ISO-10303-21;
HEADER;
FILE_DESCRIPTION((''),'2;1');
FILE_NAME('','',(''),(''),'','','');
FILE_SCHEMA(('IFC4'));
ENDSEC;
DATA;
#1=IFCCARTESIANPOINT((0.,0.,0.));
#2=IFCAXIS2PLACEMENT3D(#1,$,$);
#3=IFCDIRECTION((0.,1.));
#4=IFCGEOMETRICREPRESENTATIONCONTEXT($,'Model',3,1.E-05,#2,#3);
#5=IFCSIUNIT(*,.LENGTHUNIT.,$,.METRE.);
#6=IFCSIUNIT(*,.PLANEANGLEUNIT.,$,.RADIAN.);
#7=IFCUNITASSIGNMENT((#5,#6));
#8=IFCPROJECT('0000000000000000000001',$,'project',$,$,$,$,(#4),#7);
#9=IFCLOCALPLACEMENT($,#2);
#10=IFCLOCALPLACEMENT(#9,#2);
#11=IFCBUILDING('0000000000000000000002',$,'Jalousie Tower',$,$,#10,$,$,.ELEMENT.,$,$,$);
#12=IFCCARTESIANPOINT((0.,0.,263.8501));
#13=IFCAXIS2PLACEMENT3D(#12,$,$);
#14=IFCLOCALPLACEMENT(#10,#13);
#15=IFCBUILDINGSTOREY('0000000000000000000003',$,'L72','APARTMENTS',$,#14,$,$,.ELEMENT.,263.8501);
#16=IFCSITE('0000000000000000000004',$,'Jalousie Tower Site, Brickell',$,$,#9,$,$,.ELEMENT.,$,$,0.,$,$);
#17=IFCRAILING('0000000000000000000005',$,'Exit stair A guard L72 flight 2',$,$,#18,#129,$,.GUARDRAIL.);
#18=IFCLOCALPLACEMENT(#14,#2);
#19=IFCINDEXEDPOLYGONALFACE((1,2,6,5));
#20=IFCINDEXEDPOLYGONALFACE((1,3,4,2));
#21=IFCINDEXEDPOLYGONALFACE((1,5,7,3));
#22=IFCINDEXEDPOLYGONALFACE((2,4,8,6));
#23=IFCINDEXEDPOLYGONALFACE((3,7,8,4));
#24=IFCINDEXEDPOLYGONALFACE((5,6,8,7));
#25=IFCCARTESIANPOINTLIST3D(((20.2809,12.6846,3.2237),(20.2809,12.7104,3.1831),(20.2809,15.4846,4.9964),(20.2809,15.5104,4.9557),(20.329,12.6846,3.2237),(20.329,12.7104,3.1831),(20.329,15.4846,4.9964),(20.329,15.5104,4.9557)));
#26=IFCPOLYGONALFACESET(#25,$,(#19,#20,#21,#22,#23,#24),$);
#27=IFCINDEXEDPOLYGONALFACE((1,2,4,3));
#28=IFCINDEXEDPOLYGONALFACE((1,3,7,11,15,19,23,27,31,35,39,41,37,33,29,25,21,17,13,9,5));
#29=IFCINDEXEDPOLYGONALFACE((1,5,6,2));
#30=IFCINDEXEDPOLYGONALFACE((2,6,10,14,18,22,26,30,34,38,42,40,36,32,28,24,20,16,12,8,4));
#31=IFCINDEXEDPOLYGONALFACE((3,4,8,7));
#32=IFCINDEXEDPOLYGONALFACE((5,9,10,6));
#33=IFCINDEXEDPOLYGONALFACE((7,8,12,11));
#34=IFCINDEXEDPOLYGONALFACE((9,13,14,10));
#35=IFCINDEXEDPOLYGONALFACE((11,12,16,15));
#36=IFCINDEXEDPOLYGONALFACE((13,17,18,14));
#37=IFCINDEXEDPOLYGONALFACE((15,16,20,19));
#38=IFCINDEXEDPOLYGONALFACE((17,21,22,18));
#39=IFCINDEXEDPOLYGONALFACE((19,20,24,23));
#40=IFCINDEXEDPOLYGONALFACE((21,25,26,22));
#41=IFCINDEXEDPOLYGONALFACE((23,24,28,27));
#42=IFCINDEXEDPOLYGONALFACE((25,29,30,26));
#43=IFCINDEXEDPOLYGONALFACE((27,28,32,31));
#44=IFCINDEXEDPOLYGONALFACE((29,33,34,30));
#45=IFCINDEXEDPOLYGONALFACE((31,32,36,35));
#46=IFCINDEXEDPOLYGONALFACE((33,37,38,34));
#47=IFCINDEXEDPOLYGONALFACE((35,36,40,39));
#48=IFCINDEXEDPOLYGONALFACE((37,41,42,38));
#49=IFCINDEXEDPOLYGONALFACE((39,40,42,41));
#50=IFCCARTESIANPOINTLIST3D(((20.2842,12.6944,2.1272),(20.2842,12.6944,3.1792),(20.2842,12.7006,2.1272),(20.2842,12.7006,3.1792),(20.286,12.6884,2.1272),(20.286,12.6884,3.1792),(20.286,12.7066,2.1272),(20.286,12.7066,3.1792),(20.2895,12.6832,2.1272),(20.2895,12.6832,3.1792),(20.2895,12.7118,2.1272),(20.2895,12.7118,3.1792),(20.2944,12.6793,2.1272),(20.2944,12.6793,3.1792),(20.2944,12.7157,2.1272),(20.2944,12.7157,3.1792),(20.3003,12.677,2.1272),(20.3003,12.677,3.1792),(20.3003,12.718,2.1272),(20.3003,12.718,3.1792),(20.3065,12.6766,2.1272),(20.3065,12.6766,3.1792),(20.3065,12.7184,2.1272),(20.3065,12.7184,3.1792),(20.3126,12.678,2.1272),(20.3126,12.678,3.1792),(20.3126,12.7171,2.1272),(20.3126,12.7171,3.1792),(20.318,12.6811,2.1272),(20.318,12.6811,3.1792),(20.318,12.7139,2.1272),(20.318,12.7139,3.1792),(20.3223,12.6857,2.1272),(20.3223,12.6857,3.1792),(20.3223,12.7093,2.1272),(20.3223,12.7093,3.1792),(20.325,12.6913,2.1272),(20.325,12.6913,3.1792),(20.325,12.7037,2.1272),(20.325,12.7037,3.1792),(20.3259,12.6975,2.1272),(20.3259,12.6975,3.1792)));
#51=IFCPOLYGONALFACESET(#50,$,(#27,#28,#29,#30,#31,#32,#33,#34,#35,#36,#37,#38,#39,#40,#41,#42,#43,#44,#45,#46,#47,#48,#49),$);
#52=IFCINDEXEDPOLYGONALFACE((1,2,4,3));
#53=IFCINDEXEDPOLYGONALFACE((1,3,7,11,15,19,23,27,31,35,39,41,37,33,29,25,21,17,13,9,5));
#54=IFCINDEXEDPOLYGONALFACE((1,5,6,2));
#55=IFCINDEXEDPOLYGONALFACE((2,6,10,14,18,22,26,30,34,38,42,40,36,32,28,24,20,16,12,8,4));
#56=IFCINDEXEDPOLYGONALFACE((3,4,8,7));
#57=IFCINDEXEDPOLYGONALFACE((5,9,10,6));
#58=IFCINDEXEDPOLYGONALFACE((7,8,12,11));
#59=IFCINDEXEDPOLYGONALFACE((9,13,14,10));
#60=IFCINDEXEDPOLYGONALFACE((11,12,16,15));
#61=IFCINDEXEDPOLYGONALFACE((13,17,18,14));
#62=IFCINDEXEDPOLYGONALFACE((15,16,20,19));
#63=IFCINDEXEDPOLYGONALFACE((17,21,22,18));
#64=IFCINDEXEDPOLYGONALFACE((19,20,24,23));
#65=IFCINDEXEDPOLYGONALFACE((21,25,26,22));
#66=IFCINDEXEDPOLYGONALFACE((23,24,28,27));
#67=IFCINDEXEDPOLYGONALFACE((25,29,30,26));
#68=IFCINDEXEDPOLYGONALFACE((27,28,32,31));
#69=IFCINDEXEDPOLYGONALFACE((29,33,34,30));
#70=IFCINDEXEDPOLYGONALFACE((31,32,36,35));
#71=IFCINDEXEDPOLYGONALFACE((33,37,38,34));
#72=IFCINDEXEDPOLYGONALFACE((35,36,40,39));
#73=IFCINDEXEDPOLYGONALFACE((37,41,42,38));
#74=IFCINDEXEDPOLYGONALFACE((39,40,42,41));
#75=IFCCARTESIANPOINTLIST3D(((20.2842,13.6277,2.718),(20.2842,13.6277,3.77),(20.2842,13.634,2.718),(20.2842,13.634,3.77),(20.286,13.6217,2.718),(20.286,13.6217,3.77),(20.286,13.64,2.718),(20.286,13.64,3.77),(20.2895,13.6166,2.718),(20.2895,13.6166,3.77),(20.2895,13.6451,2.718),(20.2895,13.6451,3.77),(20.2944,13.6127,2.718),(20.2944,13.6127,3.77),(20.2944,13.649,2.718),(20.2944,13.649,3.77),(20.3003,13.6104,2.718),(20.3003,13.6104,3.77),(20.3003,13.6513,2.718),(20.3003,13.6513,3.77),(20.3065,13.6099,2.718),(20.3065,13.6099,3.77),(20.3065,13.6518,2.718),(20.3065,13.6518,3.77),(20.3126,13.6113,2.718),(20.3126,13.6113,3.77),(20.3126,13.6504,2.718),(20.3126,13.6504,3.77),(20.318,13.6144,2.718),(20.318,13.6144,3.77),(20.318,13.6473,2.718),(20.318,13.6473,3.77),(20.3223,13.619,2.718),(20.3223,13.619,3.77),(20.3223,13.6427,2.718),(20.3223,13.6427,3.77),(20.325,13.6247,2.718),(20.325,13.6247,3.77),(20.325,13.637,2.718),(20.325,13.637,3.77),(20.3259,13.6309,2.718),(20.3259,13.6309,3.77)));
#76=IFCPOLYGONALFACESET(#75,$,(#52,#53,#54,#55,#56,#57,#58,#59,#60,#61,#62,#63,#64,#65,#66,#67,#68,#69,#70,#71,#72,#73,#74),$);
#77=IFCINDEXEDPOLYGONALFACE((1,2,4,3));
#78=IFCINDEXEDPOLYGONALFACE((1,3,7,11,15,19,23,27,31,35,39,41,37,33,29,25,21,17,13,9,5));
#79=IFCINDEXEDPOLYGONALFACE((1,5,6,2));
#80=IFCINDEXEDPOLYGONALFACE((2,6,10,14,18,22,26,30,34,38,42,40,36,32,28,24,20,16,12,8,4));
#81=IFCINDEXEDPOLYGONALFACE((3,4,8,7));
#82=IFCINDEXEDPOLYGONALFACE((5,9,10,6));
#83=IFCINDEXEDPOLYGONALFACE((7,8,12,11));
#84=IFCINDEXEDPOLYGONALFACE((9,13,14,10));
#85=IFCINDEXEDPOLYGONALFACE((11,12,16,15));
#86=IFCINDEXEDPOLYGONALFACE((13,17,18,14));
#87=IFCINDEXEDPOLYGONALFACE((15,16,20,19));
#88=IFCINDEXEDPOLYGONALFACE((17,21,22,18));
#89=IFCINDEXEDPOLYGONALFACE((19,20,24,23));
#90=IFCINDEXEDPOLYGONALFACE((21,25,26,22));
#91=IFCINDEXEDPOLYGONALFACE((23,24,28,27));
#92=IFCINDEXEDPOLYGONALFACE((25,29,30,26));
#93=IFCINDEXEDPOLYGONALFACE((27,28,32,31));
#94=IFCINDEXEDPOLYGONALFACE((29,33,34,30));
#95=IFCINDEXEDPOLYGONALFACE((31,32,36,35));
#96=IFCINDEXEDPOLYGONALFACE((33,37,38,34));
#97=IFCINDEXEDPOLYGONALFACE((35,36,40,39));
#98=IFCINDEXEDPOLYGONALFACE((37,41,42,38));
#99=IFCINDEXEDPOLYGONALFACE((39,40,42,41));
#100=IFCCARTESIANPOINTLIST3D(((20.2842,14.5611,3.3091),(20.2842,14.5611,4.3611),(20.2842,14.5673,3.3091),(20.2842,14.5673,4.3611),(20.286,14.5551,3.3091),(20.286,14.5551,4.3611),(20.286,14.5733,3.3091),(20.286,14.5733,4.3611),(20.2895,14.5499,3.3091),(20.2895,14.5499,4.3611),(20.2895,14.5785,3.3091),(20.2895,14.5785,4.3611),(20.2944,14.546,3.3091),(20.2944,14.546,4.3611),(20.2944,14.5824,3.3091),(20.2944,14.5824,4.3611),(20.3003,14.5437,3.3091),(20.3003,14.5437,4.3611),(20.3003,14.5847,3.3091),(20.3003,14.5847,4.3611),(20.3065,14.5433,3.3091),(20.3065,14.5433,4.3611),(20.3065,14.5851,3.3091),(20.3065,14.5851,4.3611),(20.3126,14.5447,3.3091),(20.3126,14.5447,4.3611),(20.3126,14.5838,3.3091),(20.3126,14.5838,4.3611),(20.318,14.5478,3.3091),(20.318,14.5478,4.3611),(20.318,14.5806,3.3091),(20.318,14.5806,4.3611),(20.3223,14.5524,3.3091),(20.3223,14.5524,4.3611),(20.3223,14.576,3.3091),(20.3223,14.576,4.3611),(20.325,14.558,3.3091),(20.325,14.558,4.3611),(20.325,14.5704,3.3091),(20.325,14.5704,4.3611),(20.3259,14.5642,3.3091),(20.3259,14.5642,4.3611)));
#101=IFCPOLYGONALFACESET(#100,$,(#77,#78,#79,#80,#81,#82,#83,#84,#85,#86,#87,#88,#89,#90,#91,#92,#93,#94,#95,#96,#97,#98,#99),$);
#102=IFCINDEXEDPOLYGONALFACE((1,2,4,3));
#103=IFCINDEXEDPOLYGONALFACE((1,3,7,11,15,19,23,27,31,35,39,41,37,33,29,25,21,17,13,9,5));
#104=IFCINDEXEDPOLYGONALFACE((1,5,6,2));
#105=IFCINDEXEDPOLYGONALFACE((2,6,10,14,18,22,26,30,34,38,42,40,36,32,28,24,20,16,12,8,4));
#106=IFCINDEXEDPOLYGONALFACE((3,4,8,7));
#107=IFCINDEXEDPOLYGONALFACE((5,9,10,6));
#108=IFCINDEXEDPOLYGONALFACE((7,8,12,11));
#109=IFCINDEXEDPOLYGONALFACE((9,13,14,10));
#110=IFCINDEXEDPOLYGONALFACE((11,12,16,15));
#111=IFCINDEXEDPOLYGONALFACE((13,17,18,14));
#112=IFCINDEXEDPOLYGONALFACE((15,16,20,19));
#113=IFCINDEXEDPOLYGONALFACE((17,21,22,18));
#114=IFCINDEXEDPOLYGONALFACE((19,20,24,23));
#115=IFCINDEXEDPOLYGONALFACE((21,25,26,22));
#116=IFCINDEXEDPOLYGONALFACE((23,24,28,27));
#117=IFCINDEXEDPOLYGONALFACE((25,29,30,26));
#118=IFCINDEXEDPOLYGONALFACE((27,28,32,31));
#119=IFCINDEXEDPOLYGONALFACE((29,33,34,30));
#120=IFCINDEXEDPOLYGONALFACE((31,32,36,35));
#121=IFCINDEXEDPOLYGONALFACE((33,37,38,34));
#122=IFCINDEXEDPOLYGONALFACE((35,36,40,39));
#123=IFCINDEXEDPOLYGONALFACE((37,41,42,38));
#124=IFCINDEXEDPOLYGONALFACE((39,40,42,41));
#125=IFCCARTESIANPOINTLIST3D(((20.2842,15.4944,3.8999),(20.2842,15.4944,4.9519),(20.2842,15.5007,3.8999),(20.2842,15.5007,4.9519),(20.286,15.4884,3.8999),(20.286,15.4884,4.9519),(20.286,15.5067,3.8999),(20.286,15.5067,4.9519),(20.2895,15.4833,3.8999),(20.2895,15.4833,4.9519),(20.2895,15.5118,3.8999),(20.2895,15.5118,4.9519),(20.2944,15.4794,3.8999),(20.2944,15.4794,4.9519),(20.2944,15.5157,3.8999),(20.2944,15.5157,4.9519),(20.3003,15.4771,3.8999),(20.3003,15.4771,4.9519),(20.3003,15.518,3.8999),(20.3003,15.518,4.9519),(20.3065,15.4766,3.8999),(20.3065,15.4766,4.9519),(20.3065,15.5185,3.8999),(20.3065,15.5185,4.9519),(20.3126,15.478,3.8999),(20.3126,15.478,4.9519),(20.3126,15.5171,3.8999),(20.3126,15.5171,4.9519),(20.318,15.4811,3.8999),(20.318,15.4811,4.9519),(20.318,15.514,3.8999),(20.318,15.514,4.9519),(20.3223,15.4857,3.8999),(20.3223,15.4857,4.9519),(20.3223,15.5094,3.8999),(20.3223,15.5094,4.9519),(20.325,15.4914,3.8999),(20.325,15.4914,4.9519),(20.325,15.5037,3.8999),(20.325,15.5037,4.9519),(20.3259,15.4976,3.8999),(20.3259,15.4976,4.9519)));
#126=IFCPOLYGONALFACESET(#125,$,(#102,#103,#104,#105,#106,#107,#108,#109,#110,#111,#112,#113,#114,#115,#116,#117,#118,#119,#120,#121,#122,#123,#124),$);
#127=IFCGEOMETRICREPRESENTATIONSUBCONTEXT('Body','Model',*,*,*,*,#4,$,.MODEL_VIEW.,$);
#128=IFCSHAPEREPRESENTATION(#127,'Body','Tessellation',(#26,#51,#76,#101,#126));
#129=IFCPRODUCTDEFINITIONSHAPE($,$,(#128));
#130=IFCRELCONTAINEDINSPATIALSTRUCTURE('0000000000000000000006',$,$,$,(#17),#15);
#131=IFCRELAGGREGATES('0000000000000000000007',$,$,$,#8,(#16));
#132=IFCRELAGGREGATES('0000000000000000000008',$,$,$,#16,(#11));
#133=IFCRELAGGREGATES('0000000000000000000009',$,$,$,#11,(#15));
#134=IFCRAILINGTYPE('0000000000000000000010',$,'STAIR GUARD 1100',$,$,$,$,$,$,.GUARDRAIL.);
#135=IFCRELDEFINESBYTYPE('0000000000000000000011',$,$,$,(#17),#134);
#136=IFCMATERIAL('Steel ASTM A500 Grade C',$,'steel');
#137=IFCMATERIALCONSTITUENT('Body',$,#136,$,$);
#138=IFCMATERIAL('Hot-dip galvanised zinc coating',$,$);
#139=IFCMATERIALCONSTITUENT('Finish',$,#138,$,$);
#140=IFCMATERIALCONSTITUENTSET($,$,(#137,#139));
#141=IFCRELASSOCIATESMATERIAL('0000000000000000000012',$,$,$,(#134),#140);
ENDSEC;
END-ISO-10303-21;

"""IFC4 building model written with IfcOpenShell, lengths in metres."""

from ifc_helpers import new_model, si_unit, direction, frame, origin, origin_2d, place, context, subcontext, project, spatial, rectangle, circle, extrude, material, constituent, constituent_set, type_object, element, save


model = new_model("IFC4")

# Units and contexts
model_context = context("Model", 3, precision=1e-05, world=origin(), true_north=direction((0.0, 1.0)))
body_context = subcontext(model_context, "Body", "Model", "MODEL_VIEW")
ifc_project = project(units=[si_unit("LENGTHUNIT", "METRE"), si_unit("PLANEANGLEUNIT", "RADIAN")], contexts=[model_context])

# Site, building, storey
site_placement = place(None, origin())
site = spatial("IfcSite", under=ifc_project, at=site_placement, Name="Jalousie Tower Site, Brickell", CompositionType="ELEMENT", RefElevation=0.0)
building_placement = place(site_placement, origin())
building = spatial("IfcBuilding", under=site, at=building_placement, Name="Jalousie Tower", CompositionType="ELEMENT")
storey_placement = place(building_placement, frame((0.0, 0.0, 263.8501)))
storey = spatial("IfcBuildingStorey", under=building, at=storey_placement, Name="L72", Description="APARTMENTS", CompositionType="ELEMENT", Elevation=263.8501)

# Railing
ifc_material_1 = material(Name="Steel ASTM A500 Grade C", Category="steel")
ifc_constituent_1 = constituent(ifc_material_1, Name="Body")
ifc_material_2 = material(Name="Hot-dip galvanised zinc coating")
ifc_constituent_2 = constituent(ifc_material_2, Name="Finish")
ifc_constituent_set_1 = constituent_set(constituents=[ifc_constituent_1, ifc_constituent_2])
railing_type_1 = type_object("IfcRailingType", Name="STAIR GUARD 1100", PredefinedType="GUARDRAIL", material=ifc_constituent_set_1)
railing_1_placement = place(storey_placement, frame((20.3049, 12.6975, 2.1272)))
element("IfcRailing", 1, at=railing_1_placement, inside=storey, type_object=railing_type_1, Name="Exit stair A guard L72 flight 2", PredefinedType="GUARDRAIL", context=body_context, shape_type="SweptSolid", body=[
    extrude(rectangle(XDim=0.0481, YDim=0.0481, at=origin_2d()), frame((0.0, 0.0, 1.0762), z_axis=(0.0, 0.844909, 0.53491), x_axis=(-1.0, 0.0, 0.0)), (0.0, 0.0, 1.0), 3.314),
    extrude(circle(Radius=0.021, at=origin_2d()), origin(), (0.0, 0.0, 1.0), 1.052),
    extrude(circle(Radius=0.021, at=origin_2d()), frame((0.0, 0.9333, 0.5908)), (0.0, 0.0, 1.0), 1.052),
    extrude(circle(Radius=0.021, at=origin_2d()), frame((0.0, 1.8667, 1.1819)), (0.0, 0.0, 1.0), 1.052),
    extrude(circle(Radius=0.021, at=origin_2d()), frame((0.0, 2.8, 1.7727)), (0.0, 0.0, 1.0), 1.052),
])

save(model, "model.ifc")
